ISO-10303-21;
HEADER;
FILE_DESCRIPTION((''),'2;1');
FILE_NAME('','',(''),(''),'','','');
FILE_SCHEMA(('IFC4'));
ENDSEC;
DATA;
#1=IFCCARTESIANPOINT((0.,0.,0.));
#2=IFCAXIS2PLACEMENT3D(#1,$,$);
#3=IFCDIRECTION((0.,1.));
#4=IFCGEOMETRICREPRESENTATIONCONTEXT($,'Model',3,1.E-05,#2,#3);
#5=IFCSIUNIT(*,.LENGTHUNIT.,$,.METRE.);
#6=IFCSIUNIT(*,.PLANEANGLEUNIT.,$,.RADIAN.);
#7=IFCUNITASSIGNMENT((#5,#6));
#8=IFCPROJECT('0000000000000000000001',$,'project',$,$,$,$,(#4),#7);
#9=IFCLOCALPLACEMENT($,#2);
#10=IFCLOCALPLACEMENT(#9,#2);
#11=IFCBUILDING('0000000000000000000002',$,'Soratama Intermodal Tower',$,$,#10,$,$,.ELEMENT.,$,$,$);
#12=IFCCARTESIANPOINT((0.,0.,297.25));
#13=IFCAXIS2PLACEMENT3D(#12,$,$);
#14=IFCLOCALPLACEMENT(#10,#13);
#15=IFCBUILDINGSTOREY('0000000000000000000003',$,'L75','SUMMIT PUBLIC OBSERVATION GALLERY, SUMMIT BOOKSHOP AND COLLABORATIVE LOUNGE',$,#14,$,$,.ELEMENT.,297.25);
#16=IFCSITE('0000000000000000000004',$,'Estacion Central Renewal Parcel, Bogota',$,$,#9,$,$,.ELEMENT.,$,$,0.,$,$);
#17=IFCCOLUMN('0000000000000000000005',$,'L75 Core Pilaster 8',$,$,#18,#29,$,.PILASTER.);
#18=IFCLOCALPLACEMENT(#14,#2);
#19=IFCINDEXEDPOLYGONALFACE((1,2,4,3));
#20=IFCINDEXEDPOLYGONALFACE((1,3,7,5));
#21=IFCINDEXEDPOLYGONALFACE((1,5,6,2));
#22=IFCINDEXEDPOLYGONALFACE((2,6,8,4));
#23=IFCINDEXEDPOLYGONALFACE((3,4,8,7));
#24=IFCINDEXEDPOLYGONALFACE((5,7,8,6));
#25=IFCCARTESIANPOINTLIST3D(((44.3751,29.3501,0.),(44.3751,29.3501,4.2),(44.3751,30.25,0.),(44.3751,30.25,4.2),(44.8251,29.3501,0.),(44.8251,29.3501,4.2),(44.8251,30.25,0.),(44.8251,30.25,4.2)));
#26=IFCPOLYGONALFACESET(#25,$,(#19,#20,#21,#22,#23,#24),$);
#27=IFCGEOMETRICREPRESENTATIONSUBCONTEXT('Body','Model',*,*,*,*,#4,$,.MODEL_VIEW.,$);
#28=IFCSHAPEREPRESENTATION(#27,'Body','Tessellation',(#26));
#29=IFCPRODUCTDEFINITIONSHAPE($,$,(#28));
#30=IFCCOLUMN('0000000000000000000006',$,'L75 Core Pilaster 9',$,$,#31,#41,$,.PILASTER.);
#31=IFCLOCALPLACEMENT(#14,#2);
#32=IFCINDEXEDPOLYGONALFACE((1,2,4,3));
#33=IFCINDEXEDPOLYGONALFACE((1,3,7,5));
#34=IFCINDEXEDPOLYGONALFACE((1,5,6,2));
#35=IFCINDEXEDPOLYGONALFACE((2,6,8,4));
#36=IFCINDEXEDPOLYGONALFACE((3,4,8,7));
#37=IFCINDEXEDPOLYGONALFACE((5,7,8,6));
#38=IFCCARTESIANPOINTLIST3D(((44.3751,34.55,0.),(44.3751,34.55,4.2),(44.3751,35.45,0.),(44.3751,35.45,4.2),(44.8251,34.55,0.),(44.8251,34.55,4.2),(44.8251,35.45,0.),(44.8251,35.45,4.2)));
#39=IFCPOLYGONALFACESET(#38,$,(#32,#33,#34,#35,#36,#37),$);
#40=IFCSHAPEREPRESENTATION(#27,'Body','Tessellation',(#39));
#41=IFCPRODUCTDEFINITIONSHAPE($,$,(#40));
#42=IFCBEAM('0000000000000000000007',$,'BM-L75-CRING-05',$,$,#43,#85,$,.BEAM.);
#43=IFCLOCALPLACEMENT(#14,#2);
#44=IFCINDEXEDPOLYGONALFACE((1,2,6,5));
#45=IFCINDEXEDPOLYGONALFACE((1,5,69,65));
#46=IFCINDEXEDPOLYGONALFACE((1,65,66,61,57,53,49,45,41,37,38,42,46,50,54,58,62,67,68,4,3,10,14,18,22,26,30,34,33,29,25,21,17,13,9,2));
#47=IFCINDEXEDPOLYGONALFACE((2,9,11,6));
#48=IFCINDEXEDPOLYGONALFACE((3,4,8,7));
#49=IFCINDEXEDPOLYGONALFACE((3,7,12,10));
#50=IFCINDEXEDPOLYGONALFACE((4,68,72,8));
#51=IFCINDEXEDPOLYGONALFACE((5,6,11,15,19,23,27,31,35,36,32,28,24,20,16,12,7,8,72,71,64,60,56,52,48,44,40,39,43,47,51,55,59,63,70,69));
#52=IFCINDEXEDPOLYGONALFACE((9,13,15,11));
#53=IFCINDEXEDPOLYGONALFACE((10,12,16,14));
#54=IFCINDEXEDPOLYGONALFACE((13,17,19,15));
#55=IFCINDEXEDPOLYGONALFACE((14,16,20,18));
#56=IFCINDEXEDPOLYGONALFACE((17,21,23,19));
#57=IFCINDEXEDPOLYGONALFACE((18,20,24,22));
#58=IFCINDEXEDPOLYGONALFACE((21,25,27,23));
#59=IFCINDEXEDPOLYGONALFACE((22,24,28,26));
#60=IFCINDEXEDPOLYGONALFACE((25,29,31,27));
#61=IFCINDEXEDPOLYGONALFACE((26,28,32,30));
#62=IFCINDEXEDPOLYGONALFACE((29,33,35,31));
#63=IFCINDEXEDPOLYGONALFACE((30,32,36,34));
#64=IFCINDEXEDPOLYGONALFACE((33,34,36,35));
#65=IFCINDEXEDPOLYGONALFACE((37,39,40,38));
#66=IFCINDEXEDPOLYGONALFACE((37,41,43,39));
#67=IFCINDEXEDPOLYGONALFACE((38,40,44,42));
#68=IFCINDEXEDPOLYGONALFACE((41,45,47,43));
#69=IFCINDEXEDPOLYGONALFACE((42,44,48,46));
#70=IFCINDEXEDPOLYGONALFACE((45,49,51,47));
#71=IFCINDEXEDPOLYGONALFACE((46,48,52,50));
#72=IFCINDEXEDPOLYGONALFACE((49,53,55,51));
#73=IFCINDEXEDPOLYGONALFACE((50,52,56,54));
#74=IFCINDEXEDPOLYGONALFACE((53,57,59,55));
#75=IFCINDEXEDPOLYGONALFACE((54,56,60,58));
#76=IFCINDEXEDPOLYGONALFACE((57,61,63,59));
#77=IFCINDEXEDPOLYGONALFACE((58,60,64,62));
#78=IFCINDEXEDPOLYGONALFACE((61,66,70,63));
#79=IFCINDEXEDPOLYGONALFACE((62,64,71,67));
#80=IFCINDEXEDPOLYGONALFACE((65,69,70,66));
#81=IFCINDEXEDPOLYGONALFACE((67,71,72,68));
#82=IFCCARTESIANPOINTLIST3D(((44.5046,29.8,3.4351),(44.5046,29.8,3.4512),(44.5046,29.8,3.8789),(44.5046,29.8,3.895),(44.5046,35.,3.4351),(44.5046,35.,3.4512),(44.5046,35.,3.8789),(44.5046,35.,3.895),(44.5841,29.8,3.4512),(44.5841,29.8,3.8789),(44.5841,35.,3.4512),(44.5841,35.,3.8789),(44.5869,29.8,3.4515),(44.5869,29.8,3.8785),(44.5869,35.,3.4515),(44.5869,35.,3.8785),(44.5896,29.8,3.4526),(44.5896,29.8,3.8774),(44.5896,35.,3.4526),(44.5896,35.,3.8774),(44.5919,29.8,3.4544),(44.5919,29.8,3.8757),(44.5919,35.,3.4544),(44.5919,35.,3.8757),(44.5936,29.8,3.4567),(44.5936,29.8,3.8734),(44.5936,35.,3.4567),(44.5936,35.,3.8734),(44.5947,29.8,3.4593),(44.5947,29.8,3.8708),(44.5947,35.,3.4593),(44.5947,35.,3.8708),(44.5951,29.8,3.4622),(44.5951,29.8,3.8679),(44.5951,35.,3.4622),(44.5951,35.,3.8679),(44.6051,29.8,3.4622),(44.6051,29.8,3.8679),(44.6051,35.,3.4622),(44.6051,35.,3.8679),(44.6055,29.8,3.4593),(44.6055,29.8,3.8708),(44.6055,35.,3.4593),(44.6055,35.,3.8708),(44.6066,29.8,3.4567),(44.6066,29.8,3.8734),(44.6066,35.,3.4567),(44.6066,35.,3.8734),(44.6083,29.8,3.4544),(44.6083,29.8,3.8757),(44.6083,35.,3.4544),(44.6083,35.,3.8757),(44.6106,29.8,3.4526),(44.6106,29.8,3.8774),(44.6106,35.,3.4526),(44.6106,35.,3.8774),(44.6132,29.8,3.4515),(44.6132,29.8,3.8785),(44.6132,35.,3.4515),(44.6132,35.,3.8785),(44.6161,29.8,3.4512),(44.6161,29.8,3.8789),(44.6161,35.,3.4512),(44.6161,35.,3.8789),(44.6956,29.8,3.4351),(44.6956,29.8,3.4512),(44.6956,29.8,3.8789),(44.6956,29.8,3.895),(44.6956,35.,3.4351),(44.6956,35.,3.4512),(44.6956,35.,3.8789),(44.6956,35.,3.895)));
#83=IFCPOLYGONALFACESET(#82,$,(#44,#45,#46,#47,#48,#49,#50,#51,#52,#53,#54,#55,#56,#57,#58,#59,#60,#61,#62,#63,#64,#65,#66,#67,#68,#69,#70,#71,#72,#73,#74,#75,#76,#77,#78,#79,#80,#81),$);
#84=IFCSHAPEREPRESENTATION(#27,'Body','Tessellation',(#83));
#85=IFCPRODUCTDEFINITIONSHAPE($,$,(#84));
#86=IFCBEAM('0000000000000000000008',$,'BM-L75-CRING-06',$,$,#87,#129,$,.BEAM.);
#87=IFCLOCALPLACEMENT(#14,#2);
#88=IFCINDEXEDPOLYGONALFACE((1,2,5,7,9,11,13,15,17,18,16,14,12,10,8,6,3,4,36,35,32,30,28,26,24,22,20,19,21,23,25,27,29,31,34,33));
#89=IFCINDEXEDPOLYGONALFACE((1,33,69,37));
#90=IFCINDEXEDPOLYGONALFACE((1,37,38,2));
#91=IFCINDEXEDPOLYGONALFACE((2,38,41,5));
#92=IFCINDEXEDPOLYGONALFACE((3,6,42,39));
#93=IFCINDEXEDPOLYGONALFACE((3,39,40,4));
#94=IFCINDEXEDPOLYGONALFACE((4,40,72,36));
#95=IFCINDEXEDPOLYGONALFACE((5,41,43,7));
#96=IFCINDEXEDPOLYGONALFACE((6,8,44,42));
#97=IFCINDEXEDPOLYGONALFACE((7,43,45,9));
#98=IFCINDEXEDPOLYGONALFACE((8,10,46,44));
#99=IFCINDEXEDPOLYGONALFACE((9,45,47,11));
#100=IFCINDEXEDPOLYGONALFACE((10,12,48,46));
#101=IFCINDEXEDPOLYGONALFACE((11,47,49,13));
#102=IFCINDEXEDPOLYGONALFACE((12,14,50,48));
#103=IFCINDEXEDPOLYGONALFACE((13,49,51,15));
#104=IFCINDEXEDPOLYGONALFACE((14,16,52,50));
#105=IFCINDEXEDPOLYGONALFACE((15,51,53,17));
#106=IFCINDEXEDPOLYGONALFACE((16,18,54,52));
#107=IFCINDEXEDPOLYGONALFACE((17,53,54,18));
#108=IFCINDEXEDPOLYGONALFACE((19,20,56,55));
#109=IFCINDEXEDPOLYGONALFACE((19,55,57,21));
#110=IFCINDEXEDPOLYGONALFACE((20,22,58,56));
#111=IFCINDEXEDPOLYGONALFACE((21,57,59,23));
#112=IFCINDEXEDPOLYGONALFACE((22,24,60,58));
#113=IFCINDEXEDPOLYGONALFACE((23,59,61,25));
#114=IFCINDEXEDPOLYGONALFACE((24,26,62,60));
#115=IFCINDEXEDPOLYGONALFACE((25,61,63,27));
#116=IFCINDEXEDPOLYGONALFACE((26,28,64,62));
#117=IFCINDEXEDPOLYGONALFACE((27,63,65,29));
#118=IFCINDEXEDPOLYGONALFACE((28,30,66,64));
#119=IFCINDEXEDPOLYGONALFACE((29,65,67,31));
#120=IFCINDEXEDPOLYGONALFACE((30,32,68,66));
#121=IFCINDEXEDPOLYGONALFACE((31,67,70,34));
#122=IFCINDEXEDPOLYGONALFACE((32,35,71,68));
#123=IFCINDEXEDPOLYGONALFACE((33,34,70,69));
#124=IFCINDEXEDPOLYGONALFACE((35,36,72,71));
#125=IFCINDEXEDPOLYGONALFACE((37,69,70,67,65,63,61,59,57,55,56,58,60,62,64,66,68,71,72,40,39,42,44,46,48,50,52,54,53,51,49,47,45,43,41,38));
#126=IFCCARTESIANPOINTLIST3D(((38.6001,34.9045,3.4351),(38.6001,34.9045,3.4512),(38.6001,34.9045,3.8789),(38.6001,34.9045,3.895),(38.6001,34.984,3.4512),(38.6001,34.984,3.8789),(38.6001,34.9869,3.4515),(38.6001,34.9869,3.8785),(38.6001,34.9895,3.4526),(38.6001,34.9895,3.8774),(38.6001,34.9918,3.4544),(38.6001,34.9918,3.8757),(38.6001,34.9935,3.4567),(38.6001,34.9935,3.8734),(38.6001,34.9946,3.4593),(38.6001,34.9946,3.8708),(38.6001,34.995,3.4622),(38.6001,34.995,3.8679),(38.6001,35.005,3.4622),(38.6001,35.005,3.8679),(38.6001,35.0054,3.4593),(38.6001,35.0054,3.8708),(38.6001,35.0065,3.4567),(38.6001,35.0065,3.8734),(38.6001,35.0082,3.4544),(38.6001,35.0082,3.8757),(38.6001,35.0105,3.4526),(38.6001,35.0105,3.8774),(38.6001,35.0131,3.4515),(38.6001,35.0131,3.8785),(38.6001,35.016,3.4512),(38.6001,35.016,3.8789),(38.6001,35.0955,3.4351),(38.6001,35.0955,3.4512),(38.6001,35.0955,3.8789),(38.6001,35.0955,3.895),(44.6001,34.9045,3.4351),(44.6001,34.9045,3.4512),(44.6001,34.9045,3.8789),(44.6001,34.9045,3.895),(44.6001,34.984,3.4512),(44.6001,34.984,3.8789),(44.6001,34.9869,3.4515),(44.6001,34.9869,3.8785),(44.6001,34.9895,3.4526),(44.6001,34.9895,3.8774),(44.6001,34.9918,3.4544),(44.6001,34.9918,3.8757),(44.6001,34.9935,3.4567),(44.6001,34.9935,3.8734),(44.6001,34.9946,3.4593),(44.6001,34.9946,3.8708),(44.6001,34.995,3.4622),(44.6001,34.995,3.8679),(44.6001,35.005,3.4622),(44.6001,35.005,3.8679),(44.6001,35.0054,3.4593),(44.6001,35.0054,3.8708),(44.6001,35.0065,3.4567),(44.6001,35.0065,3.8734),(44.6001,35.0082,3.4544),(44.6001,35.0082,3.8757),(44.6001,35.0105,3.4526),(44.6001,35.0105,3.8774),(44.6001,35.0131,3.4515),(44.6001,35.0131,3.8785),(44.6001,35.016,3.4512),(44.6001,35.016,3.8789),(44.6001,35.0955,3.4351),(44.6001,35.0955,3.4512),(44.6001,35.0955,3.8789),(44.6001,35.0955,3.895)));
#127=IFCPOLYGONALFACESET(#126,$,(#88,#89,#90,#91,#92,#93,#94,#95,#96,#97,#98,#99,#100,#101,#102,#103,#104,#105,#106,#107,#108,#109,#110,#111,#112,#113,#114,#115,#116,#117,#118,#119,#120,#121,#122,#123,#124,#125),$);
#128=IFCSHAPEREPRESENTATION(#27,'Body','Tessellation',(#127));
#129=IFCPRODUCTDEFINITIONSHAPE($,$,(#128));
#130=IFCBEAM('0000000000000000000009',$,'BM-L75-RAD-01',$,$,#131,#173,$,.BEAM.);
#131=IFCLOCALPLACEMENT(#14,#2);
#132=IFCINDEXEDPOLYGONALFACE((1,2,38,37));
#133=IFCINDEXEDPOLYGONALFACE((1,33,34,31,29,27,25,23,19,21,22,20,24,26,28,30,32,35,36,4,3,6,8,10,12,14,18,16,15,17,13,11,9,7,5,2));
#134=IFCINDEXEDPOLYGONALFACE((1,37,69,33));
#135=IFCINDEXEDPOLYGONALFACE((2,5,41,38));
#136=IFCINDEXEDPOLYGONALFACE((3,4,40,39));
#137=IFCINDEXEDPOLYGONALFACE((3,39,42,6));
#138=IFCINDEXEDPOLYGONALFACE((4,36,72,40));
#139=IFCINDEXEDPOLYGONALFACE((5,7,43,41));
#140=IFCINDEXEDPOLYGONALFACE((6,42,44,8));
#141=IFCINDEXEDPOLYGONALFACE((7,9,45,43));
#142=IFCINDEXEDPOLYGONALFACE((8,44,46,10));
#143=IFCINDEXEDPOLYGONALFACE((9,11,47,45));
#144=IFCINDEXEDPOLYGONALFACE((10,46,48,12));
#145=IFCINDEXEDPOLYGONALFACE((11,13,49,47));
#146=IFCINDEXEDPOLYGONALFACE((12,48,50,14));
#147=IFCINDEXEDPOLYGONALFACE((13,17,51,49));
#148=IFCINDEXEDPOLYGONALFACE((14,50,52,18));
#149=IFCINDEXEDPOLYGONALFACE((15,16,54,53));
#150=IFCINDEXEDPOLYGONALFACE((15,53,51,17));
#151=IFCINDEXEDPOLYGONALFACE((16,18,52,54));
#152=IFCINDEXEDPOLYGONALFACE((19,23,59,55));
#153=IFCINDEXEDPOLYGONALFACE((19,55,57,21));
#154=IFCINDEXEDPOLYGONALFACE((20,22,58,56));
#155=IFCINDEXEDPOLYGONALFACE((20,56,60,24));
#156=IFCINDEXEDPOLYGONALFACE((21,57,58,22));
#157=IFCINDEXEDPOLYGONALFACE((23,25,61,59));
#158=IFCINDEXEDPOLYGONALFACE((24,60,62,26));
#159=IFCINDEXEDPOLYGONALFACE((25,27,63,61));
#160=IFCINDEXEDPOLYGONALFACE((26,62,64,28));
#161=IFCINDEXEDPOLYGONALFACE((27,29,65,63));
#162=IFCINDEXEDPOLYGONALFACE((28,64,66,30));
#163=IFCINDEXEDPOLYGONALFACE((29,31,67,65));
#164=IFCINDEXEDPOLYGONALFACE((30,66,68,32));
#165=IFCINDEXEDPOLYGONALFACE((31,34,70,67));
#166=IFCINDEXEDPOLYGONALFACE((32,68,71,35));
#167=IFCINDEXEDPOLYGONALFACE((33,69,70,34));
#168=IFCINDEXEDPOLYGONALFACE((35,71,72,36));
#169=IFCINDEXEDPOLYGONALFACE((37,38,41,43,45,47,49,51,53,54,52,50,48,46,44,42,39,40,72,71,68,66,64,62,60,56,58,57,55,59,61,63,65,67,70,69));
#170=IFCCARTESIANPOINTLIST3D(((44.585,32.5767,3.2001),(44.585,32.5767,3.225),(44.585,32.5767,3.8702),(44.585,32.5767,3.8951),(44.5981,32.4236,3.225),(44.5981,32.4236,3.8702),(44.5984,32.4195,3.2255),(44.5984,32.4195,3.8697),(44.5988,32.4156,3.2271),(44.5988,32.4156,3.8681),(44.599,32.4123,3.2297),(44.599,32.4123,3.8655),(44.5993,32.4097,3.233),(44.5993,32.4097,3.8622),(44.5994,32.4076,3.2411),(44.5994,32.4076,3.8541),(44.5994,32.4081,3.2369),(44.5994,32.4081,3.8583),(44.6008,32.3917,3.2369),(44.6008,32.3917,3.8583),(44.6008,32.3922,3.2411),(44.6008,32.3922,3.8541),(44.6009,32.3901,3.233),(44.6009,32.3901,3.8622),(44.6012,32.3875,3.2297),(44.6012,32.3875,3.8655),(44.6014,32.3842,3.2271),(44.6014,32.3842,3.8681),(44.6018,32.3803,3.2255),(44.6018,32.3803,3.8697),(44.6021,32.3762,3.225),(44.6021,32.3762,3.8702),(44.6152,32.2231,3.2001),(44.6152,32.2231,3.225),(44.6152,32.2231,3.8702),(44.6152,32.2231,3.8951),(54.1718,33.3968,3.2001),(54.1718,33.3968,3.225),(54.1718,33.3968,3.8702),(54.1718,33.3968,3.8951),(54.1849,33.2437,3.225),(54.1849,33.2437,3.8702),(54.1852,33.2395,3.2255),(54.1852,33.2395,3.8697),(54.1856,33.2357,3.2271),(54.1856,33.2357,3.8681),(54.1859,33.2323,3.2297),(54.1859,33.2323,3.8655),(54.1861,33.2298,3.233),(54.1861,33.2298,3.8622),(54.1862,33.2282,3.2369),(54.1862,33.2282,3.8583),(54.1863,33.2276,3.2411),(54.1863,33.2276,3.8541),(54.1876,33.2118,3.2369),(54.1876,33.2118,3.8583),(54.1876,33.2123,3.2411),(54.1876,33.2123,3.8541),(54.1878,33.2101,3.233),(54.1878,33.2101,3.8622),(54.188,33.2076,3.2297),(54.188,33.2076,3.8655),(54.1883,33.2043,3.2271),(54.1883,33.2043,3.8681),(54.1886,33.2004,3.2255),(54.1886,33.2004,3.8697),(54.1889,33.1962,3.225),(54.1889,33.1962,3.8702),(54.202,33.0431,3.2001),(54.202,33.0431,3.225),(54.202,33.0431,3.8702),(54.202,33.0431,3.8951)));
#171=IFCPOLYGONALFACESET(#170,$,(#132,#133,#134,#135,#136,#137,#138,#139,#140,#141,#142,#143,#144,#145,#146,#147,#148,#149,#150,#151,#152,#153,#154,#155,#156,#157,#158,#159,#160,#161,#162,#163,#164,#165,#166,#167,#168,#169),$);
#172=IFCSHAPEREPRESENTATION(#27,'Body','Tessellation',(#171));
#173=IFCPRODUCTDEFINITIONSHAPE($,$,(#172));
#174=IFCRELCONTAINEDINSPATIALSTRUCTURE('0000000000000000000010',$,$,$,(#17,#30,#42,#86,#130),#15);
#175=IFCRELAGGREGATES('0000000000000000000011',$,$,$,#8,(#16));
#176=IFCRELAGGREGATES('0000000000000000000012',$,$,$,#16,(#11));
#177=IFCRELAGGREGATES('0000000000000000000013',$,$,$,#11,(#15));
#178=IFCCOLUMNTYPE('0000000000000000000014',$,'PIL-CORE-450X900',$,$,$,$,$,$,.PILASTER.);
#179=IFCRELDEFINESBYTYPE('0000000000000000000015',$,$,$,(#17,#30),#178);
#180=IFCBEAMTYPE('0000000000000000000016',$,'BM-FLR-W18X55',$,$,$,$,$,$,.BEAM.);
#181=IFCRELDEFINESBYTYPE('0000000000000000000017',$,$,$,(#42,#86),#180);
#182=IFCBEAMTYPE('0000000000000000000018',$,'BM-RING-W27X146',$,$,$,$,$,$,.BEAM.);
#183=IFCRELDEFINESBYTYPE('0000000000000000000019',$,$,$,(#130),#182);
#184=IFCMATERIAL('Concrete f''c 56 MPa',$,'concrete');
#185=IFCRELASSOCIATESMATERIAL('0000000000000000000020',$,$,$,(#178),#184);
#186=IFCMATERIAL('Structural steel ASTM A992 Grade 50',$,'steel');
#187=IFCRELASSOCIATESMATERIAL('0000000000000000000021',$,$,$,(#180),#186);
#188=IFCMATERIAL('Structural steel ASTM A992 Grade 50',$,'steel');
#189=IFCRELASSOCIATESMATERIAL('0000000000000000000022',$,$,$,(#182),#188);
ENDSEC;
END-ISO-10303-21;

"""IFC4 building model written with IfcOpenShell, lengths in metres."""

from ifc_helpers import new_model, si_unit, direction, frame, origin, origin_2d, place, context, subcontext, project, spatial, rectangle, i_section, extrude, material, material_profile, profile_set, type_object, element, save


model = new_model("IFC4")

# Units and contexts
model_context = context("Model", 3, precision=1e-05, world=origin(), true_north=direction((0.0, 1.0)))
body_context = subcontext(model_context, "Body", "Model", "MODEL_VIEW")
ifc_project = project(units=[si_unit("LENGTHUNIT", "METRE"), si_unit("PLANEANGLEUNIT", "RADIAN")], contexts=[model_context])

# Site, building, storey
site_placement = place(None, origin())
site = spatial("IfcSite", under=ifc_project, at=site_placement, Name="Estacion Central Renewal Parcel, Bogota", CompositionType="ELEMENT", RefElevation=0.0)
building_placement = place(site_placement, origin())
building = spatial("IfcBuilding", under=site, at=building_placement, Name="Soratama Intermodal Tower", CompositionType="ELEMENT")
storey_placement = place(building_placement, frame((0.0, 0.0, 297.25)))
storey = spatial("IfcBuildingStorey", under=building, at=storey_placement, Name="L75", Description="SUMMIT PUBLIC OBSERVATION GALLERY, SUMMIT BOOKSHOP AND COLLABORATIVE LOUNGE", CompositionType="ELEMENT", Elevation=297.25)

# Columns
ifc_material_1 = material(Name="Concrete f'c 56 MPa", Category="concrete")
ifc_material_profile_1 = material_profile(ifc_material_1, rectangle(XDim=0.45, YDim=0.8999, at=origin_2d()), Name="RC450X900")
ifc_profile_set_1 = profile_set([ifc_material_profile_1], Name="Concrete f'c 56 MPa")
column_type = type_object("IfcColumnType", Name="PIL-CORE-450X900", PredefinedType="PILASTER", material=ifc_profile_set_1)
for number, where, z_axis, x_axis, name in (
    (1, (44.6001, 29.8, 0.0), (0.0, 0.0, 1.0), (1.0, 0.0, 0.0), "L75 Core Pilaster 8"),
    (2, (44.6001, 35.0, 0.0), (0.0, 0.0, 1.0), (1.0, 0.0, 0.0), "L75 Core Pilaster 9"),
):
    element("IfcColumn", number, at=place(storey_placement, frame(where, z_axis=z_axis, x_axis=x_axis)), inside=storey, type_object=column_type, Name=name, PredefinedType="PILASTER", context=body_context, shape_type="SweptSolid", body=[
        extrude(rectangle(XDim=0.45, YDim=0.8999, at=origin_2d()), origin(), (0.0, 0.0, 1.0), 4.2),
    ])

# Beams
ifc_material_2 = material(Name="Structural steel ASTM A992 Grade 50", Category="steel")
ifc_material_profile_2 = material_profile(ifc_material_2, i_section(OverallWidth=0.1909, OverallDepth=0.46, WebThickness=0.01, FlangeThickness=0.0161, FilletRadius=0.011, at=origin_2d()), Name="W18X55")
ifc_profile_set_2 = profile_set([ifc_material_profile_2], Name="Structural steel ASTM A992 Grade 50")
beam_type_1 = type_object("IfcBeamType", Name="BM-FLR-W18X55", PredefinedType="BEAM", material=ifc_profile_set_2)
beam_1_placement = place(storey_placement, frame((44.6001, 29.8, 3.665), z_axis=(0.0, 1.0, 0.0), x_axis=(-1.0, 0.0, 0.0)))
element("IfcBeam", 3, at=beam_1_placement, inside=storey, type_object=beam_type_1, Name="BM-L75-CRING-05", PredefinedType="BEAM", context=body_context, shape_type="SweptSolid", body=[
    extrude(i_section(OverallWidth=0.1909, OverallDepth=0.46, WebThickness=0.01, FlangeThickness=0.0161, FilletRadius=0.011, at=origin_2d()), origin(), (0.0, 0.0, 1.0), 5.2),
])
beam_2_placement = place(storey_placement, frame((44.6001, 35.0, 3.665), z_axis=(-1.0, 0.0, 0.0), x_axis=(0.0, -1.0, 0.0)))
element("IfcBeam", 4, at=beam_2_placement, inside=storey, type_object=beam_type_1, Name="BM-L75-CRING-06", PredefinedType="BEAM", context=body_context, shape_type="SweptSolid", body=[
    extrude(i_section(OverallWidth=0.1909, OverallDepth=0.46, WebThickness=0.01, FlangeThickness=0.0161, FilletRadius=0.011, at=origin_2d()), origin(), (0.0, 0.0, 1.0), 6.0),
])
ifc_material_3 = material(Name="Structural steel ASTM A992 Grade 50", Category="steel")
ifc_material_profile_3 = material_profile(ifc_material_3, i_section(OverallWidth=0.355, OverallDepth=0.6951, WebThickness=0.0154, FlangeThickness=0.0249, FilletRadius=0.0161, at=origin_2d()), Name="W27X146")
ifc_profile_set_3 = profile_set([ifc_material_profile_3], Name="Structural steel ASTM A992 Grade 50")
beam_type_2 = type_object("IfcBeamType", Name="BM-RING-W27X146", PredefinedType="BEAM", material=ifc_profile_set_3)
beam_3_placement = place(storey_placement, frame((44.6001, 32.3999, 3.5476), z_axis=(0.996361, 0.085229, 0.0), x_axis=(-0.085229, 0.996361, 0.0)))
element("IfcBeam", 5, at=beam_3_placement, inside=storey, type_object=beam_type_2, Name="BM-L75-RAD-01", PredefinedType="BEAM", context=body_context, shape_type="SweptSolid", body=[
    extrude(i_section(OverallWidth=0.355, OverallDepth=0.6951, WebThickness=0.0154, FlangeThickness=0.0249, FilletRadius=0.0161, at=origin_2d()), origin(), (0.0, 0.0, 1.0), 9.6218),
])

save(model, "model.ifc")
